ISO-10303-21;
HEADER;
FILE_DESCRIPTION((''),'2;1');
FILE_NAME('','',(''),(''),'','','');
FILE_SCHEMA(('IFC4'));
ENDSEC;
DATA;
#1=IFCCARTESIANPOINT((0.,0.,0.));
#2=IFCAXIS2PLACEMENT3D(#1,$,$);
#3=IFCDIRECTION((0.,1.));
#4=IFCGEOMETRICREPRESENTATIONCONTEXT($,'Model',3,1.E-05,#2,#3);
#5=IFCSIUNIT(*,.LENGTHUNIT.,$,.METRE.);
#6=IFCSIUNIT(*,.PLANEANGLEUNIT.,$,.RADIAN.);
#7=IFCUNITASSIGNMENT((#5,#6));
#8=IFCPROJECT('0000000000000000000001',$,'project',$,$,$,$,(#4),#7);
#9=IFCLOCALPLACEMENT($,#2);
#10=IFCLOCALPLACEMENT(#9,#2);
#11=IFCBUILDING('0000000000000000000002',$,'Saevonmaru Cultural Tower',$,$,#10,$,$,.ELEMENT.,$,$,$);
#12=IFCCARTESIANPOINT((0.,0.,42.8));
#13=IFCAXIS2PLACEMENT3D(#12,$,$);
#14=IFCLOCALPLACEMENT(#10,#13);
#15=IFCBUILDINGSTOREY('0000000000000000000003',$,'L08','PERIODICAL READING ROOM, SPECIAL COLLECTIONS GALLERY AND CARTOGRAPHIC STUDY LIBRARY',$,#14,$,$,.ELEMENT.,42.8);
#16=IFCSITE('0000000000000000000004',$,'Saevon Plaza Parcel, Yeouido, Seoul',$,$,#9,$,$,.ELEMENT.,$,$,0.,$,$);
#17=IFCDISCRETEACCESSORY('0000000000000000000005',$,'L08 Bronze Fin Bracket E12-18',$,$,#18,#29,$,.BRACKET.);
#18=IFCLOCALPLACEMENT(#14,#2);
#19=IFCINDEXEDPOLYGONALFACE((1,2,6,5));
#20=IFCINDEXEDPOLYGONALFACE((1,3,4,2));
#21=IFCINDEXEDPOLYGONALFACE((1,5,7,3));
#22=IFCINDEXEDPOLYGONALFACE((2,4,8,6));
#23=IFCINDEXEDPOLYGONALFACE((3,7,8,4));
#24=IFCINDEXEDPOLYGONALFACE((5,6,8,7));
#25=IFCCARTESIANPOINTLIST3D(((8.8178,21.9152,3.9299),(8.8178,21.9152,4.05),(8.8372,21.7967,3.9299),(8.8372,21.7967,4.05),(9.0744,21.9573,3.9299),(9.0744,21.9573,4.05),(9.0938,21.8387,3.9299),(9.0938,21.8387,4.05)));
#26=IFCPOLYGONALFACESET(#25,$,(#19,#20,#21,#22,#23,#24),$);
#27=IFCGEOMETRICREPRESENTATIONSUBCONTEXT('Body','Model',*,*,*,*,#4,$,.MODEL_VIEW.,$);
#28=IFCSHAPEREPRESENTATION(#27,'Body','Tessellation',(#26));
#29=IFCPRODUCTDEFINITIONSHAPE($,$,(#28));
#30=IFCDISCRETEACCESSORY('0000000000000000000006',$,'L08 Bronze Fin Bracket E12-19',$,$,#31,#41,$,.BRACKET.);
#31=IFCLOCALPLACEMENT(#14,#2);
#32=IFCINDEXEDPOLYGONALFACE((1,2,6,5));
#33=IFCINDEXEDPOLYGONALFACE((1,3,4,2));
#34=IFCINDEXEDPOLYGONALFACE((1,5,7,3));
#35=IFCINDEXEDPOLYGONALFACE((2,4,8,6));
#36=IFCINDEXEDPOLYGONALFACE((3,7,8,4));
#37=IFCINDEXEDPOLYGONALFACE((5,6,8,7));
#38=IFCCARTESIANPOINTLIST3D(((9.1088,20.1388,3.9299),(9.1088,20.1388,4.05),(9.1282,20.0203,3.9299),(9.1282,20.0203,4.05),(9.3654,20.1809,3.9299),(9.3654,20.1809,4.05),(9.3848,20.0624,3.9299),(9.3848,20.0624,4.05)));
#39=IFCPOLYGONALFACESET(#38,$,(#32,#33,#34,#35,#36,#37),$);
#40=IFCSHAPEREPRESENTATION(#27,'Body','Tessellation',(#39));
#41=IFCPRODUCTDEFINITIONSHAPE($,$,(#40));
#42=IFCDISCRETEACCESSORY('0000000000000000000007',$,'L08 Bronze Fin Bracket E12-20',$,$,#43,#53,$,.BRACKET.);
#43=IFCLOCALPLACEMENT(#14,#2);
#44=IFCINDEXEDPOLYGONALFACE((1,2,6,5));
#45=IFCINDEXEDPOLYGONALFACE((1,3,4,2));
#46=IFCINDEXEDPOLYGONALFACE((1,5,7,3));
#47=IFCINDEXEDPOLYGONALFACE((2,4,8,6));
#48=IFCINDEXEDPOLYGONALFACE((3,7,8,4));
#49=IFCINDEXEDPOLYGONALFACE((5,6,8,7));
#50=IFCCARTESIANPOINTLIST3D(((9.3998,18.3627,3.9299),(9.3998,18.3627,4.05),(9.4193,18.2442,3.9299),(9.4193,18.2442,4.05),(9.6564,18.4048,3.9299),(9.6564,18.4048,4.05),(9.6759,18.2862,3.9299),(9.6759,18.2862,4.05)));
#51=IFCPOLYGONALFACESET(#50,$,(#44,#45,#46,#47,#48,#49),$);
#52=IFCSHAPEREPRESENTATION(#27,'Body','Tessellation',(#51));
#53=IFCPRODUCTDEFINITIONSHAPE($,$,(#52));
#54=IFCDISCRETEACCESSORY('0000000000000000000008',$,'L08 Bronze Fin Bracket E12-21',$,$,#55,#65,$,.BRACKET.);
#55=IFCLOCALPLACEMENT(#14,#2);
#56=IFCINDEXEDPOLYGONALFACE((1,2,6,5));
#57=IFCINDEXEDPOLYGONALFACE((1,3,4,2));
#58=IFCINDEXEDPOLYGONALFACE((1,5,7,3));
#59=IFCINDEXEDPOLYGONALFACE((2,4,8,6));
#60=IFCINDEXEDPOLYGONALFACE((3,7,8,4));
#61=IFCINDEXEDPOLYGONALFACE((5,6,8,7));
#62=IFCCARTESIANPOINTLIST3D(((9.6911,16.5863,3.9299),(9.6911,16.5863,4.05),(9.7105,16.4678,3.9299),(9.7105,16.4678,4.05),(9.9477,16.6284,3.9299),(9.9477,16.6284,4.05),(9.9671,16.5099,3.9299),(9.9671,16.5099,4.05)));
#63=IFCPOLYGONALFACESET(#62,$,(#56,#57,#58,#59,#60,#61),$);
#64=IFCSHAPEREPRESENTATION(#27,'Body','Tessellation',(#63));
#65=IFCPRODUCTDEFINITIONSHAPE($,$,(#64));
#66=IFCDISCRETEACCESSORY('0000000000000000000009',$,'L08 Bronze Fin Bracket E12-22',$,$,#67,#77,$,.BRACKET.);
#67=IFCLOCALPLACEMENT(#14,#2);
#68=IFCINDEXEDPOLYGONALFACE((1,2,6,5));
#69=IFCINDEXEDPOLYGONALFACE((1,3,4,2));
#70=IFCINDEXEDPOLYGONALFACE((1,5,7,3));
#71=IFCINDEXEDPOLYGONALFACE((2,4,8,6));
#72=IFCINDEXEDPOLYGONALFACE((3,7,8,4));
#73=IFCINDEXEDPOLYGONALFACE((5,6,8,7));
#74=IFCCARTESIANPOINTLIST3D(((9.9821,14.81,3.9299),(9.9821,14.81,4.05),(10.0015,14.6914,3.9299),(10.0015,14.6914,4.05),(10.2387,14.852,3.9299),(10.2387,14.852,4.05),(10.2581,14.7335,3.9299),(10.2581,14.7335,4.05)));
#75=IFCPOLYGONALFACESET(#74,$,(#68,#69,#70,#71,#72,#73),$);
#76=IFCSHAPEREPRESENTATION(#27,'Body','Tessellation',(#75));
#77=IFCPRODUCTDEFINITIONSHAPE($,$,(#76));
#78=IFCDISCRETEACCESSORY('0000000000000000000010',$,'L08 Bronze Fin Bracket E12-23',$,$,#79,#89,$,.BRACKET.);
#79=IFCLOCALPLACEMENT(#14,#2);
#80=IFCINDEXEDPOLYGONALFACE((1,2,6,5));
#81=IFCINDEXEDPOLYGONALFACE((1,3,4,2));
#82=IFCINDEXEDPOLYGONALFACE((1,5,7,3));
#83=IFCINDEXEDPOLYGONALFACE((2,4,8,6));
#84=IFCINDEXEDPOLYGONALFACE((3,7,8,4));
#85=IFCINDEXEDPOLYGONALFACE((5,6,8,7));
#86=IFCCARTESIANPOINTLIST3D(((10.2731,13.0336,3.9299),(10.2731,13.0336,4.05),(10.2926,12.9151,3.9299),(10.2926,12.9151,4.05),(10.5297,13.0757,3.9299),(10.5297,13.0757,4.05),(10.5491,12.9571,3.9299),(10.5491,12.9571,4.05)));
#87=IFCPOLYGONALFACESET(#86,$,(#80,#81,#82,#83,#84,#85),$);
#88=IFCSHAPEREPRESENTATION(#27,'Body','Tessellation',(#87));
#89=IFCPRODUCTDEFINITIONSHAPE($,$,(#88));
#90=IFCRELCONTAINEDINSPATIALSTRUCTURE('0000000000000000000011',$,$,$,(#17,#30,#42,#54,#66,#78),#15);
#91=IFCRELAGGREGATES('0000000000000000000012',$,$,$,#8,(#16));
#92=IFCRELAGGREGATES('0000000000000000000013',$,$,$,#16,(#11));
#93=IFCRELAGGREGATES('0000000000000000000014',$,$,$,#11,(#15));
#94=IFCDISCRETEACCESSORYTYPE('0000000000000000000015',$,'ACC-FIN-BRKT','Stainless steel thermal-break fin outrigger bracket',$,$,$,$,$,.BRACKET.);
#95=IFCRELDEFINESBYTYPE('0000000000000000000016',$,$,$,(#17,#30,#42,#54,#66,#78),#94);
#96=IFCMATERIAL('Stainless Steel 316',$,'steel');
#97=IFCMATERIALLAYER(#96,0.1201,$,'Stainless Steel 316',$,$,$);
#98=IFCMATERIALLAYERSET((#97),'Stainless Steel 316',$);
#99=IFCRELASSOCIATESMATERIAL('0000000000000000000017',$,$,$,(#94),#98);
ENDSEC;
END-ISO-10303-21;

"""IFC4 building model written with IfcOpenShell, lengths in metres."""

from ifc_helpers import new_model, si_unit, direction, frame, origin, origin_2d, place, context, subcontext, project, spatial, rectangle, extrude, material, layer, layer_set, type_object, element, save


model = new_model("IFC4")

# Units and contexts
model_context = context("Model", 3, precision=1e-05, world=origin(), true_north=direction((0.0, 1.0)))
body_context = subcontext(model_context, "Body", "Model", "MODEL_VIEW")
ifc_project = project(units=[si_unit("LENGTHUNIT", "METRE"), si_unit("PLANEANGLEUNIT", "RADIAN")], contexts=[model_context])

# Site, building, storey
site_placement = place(None, origin())
site = spatial("IfcSite", under=ifc_project, at=site_placement, Name="Saevon Plaza Parcel, Yeouido, Seoul", CompositionType="ELEMENT", RefElevation=0.0)
building_placement = place(site_placement, origin())
building = spatial("IfcBuilding", under=site, at=building_placement, Name="Saevonmaru Cultural Tower", CompositionType="ELEMENT")
storey_placement = place(building_placement, frame((0.0, 0.0, 42.8)))
storey = spatial("IfcBuildingStorey", under=building, at=storey_placement, Name="L08", Description="PERIODICAL READING ROOM, SPECIAL COLLECTIONS GALLERY AND CARTOGRAPHIC STUDY LIBRARY", CompositionType="ELEMENT", Elevation=42.8)

# Discrete accessories
ifc_material_1 = material(Name="Stainless Steel 316", Category="steel")
ifc_layer_1 = layer(ifc_material_1, 0.1201, Name="Stainless Steel 316")
ifc_layer_set_1 = layer_set([ifc_layer_1], Name="Stainless Steel 316")
discrete_accessory_type = type_object("IfcDiscreteAccessoryType", Name="ACC-FIN-BRKT", Description="Stainless steel thermal-break fin outrigger bracket", PredefinedType="BRACKET", material=ifc_layer_set_1)
for number, where, z_axis, x_axis, name in (
    (1, (8.9558, 21.877, 3.9299), (0.0, 0.0, 1.0), (-0.986827, -0.161776, 0.0), "L08 Bronze Fin Bracket E12-18"),
    (2, (9.2468, 20.1006, 3.9299), (0.0, 0.0, 1.0), (-0.986827, -0.161776, 0.0), "L08 Bronze Fin Bracket E12-19"),
    (3, (9.5378, 18.3245, 3.9299), (0.0, 0.0, 1.0), (-0.986827, -0.161776, 0.0), "L08 Bronze Fin Bracket E12-20"),
    (4, (9.8291, 16.5481, 3.9299), (0.0, 0.0, 1.0), (-0.986827, -0.161776, 0.0), "L08 Bronze Fin Bracket E12-21"),
    (5, (10.1201, 14.7717, 3.9299), (0.0, 0.0, 1.0), (-0.986827, -0.161776, 0.0), "L08 Bronze Fin Bracket E12-22"),
    (6, (10.4111, 12.9954, 3.9299), (0.0, 0.0, 1.0), (-0.986827, -0.161776, 0.0), "L08 Bronze Fin Bracket E12-23"),
):
    element("IfcDiscreteAccessory", number, at=place(storey_placement, frame(where, z_axis=z_axis, x_axis=x_axis)), inside=storey, type_object=discrete_accessory_type, Name=name, PredefinedType="BRACKET", context=body_context, shape_type="SweptSolid", body=[
        extrude(rectangle(XDim=0.26, YDim=0.1201, at=origin_2d()), origin(), (0.0, 0.0, 1.0), 0.1201),
    ])

save(model, "model.ifc")
